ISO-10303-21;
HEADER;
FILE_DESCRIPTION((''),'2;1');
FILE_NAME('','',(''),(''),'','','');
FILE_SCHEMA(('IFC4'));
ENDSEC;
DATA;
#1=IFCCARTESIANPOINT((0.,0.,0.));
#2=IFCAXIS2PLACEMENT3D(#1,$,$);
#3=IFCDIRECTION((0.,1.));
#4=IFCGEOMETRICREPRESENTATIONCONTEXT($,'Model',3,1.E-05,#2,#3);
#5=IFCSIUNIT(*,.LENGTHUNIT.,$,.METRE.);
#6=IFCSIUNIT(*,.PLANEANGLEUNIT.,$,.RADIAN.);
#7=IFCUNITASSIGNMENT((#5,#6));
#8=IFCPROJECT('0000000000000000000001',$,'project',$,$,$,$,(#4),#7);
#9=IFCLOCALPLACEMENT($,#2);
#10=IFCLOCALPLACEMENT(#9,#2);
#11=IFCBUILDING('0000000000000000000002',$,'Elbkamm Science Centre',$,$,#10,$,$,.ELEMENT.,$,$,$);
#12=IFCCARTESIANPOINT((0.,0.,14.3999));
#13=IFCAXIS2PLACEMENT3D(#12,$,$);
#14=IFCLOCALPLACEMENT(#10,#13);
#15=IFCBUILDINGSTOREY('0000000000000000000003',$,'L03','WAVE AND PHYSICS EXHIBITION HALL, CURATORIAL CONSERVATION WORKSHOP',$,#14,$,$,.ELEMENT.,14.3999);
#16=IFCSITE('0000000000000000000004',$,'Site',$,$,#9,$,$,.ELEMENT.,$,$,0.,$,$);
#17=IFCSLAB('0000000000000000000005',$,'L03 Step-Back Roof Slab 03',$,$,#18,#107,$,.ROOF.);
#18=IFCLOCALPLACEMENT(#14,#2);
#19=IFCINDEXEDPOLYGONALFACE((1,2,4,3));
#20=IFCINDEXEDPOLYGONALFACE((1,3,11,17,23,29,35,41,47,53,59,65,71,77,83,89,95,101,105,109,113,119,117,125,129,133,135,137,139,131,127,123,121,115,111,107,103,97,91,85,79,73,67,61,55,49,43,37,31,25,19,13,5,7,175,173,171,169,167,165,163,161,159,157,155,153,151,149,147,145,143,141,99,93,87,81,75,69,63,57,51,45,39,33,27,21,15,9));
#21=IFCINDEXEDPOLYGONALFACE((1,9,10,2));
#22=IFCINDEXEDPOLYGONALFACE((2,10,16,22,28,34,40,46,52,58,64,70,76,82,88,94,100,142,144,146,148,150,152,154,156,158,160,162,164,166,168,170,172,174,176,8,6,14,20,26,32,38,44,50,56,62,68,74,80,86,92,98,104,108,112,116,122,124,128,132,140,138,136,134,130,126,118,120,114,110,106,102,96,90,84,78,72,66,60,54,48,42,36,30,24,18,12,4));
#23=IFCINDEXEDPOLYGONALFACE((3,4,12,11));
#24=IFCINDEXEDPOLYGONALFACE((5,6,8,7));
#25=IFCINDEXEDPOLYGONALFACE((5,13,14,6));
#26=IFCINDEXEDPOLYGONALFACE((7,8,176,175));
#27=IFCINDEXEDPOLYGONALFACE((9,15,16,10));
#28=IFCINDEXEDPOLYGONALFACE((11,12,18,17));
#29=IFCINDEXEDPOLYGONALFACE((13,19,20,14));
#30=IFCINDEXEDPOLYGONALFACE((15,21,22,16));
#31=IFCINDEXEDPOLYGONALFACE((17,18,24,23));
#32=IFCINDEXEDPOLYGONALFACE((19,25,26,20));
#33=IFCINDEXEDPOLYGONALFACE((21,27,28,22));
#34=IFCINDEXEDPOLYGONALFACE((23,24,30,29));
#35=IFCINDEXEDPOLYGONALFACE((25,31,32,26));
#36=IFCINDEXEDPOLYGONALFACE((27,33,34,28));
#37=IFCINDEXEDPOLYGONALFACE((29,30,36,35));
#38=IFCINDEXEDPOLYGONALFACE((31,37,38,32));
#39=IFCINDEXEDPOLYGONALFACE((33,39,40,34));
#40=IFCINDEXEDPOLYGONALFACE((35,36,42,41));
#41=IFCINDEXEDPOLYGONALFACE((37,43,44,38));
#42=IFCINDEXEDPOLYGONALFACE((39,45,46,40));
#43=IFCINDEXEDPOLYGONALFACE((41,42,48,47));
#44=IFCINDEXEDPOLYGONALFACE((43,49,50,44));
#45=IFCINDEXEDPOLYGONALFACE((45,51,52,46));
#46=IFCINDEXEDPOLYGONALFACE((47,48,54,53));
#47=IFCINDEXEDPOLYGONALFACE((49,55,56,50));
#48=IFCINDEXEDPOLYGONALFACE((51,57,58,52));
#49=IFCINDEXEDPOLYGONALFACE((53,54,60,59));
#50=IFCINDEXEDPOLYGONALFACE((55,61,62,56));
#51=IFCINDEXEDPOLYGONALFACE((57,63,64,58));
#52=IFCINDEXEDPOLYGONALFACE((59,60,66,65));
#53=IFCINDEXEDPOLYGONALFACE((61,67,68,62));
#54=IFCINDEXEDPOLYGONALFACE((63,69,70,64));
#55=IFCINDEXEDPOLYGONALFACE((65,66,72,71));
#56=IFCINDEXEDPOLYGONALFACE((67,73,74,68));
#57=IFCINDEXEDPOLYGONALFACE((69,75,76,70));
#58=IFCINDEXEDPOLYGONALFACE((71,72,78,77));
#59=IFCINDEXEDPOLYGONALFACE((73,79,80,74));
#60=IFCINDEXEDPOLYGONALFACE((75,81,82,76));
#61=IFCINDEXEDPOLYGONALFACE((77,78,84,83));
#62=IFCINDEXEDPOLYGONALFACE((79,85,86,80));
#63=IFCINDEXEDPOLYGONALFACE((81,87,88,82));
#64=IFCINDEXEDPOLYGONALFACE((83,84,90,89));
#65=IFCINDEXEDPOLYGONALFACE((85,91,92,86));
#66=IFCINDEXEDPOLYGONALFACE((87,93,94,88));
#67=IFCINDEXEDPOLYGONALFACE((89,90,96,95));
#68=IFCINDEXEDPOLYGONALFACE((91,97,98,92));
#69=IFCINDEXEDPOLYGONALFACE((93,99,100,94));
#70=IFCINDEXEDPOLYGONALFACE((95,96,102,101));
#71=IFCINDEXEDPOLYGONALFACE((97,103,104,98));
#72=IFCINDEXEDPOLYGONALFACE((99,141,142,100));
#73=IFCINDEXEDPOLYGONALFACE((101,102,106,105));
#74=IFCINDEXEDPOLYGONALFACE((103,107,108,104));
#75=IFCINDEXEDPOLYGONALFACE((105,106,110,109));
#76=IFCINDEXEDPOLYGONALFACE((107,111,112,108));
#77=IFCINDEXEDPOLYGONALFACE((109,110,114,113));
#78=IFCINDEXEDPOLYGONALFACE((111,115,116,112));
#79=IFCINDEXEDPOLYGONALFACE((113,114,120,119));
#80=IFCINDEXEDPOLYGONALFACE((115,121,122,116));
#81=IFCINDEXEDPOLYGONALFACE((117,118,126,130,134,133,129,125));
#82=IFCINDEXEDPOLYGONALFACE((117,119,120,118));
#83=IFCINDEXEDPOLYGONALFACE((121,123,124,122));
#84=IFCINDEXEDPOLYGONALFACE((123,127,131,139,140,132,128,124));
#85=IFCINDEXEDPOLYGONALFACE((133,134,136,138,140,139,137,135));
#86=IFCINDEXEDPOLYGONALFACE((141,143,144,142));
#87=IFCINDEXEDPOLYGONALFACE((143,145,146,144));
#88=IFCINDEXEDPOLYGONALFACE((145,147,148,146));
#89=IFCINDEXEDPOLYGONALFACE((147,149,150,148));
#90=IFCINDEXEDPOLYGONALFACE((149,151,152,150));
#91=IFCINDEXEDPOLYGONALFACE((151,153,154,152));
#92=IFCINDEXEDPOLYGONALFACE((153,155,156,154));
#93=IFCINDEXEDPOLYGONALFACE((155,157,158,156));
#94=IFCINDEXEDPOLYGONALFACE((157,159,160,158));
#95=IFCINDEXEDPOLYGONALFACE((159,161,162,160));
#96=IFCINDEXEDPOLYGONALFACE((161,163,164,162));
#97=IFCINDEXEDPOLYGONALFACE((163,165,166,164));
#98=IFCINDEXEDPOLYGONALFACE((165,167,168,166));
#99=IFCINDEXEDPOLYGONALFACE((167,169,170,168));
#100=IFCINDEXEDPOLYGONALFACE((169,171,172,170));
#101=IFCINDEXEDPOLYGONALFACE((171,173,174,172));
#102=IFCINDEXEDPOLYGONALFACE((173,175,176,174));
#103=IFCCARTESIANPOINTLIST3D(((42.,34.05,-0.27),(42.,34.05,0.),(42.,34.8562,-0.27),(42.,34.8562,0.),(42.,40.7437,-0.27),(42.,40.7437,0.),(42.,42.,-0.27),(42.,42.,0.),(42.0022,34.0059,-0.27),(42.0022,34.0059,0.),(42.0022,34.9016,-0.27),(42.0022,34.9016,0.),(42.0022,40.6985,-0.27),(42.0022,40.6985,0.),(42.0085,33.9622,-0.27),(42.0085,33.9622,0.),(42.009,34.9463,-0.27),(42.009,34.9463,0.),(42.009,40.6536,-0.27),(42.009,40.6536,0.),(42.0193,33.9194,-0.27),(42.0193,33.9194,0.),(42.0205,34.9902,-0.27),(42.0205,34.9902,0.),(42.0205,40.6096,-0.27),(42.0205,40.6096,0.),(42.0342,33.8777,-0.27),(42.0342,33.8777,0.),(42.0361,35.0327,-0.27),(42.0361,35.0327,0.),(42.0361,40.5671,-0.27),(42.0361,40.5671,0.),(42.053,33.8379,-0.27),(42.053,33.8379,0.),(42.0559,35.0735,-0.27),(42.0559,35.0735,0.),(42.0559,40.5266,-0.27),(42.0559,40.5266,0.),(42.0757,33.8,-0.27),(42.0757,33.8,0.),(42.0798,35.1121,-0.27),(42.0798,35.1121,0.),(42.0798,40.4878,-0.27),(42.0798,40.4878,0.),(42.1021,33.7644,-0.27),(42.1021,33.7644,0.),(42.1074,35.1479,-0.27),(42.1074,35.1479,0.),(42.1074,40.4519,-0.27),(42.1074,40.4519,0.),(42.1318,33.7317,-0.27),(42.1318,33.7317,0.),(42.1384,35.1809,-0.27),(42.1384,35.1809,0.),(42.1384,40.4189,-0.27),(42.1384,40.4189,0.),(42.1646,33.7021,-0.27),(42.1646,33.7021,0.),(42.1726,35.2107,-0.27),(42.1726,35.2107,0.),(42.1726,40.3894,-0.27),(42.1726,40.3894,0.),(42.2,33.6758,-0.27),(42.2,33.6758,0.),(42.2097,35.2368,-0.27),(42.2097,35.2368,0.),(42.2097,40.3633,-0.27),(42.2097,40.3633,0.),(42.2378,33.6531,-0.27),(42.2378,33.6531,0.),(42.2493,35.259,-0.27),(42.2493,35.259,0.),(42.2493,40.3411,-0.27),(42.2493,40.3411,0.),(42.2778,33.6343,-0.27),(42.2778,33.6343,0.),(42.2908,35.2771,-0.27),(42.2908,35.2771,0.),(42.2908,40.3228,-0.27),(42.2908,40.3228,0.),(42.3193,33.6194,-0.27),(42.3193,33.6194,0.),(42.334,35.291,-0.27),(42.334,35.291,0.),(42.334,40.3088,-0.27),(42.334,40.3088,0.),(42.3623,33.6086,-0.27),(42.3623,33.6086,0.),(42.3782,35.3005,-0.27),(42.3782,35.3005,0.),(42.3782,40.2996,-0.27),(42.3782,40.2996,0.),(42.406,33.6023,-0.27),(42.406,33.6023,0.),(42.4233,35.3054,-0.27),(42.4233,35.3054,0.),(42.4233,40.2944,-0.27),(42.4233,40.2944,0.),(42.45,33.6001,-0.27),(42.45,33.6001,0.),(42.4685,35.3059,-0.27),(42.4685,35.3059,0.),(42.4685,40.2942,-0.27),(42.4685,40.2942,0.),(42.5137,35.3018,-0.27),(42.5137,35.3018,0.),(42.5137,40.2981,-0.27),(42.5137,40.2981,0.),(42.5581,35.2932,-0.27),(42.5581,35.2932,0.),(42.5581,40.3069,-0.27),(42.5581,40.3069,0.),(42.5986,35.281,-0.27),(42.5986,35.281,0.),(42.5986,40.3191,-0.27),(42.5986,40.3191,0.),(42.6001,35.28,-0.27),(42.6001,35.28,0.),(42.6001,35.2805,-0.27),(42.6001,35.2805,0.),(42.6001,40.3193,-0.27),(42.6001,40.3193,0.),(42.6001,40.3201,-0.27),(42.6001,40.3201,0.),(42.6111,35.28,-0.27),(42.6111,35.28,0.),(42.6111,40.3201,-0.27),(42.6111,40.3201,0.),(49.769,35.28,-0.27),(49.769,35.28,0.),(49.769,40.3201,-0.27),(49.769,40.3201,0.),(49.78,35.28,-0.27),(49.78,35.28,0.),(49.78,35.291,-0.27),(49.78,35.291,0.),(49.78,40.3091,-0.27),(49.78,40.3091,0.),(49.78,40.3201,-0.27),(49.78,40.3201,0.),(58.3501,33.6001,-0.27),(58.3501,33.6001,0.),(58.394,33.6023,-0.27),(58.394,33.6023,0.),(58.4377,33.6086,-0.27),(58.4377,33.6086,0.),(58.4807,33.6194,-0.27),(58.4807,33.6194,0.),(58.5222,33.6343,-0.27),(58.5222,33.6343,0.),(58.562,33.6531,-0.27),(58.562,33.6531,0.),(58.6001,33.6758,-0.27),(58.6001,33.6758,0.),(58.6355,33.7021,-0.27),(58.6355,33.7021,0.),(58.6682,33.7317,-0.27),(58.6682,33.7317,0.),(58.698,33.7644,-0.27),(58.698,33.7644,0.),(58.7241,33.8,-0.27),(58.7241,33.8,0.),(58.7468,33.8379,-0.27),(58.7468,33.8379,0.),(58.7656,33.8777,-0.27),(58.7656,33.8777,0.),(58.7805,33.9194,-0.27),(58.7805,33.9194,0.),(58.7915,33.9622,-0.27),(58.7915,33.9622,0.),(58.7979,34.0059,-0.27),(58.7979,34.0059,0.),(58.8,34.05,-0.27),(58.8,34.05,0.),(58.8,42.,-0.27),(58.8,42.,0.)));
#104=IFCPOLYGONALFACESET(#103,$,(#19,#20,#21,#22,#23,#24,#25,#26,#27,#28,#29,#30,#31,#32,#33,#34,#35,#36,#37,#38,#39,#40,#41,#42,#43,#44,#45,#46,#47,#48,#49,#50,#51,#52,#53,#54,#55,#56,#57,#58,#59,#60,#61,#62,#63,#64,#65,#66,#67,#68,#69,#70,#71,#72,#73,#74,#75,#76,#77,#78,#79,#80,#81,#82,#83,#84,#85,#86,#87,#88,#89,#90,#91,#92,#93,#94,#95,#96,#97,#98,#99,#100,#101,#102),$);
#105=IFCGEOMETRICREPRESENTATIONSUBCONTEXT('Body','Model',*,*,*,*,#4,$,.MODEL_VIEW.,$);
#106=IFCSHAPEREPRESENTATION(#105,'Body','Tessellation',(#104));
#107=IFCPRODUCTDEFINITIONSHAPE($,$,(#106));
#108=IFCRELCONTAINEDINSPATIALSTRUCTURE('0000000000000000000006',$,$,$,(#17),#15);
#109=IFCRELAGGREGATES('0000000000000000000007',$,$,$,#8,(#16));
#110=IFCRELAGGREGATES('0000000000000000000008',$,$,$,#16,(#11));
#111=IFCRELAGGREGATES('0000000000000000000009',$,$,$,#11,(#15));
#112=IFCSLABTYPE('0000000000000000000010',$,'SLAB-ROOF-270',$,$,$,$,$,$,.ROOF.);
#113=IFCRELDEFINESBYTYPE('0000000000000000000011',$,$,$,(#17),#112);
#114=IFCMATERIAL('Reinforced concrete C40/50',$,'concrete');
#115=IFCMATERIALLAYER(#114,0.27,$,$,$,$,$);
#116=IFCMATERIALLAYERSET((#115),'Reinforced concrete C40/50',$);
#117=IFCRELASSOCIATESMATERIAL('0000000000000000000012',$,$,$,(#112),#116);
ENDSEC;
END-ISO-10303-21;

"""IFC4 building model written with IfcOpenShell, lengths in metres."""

from ifc_helpers import new_model, si_unit, direction, frame, origin, place, context, subcontext, project, spatial, polyline, outline, extrude, material, layer, layer_set, type_object, element, save


model = new_model("IFC4")

# Units and contexts
model_context = context("Model", 3, precision=1e-05, world=origin(), true_north=direction((0.0, 1.0)))
body_context = subcontext(model_context, "Body", "Model", "MODEL_VIEW")
ifc_project = project(units=[si_unit("LENGTHUNIT", "METRE"), si_unit("PLANEANGLEUNIT", "RADIAN")], contexts=[model_context])

# Site, building, storey
site_placement = place(None, origin())
site = spatial("IfcSite", under=ifc_project, at=site_placement, Name="Site", CompositionType="ELEMENT", RefElevation=0.0)
building_placement = place(site_placement, origin())
building = spatial("IfcBuilding", under=site, at=building_placement, Name="Elbkamm Science Centre", CompositionType="ELEMENT")
storey_placement = place(building_placement, frame((0.0, 0.0, 14.3999)))
storey = spatial("IfcBuildingStorey", under=building, at=storey_placement, Name="L03", Description="WAVE AND PHYSICS EXHIBITION HALL, CURATORIAL CONSERVATION WORKSHOP", CompositionType="ELEMENT", Elevation=14.3999)

# Shared definitions
ifc_material_1 = material(Name="Reinforced concrete C40/50", Category="concrete")

# Shared definitions
ifc_layer_1 = layer(ifc_material_1, 0.27)
ifc_layer_set_1 = layer_set([ifc_layer_1], Name="Reinforced concrete C40/50")
slab_type_1 = type_object("IfcSlabType", Name="SLAB-ROOF-270", PredefinedType="ROOF", material=ifc_layer_set_1)

# Slab
slab_1_placement = place(storey_placement, frame((0.0, 0.0, -0.27)))
element("IfcSlab", 1, at=slab_1_placement, inside=storey, type_object=slab_type_1, Name="L03 Step-Back Roof Slab 03", PredefinedType="ROOF", context=body_context, shape_type="SweptSolid", body=[
    extrude(outline(polyline([(42.009, 34.9463), (42.0205, 34.9902), (42.0361, 35.0327), (42.0559, 35.0735), (42.0798, 35.1121), (42.1074, 35.1479), (42.1384, 35.1809), (42.1726, 35.2107), (42.2097, 35.2368), (42.2493, 35.259), (42.2908, 35.2771), (42.334, 35.291), (42.3782, 35.3005), (42.4233, 35.3054), (42.4685, 35.3059), (42.5137, 35.3018), (42.5581, 35.2932), (42.5986, 35.281), (42.6001, 35.2805), (42.6001, 35.28), (42.6111, 35.28), (49.769, 35.28), (49.78, 35.28), (49.78, 35.291), (49.78, 40.3091), (49.78, 40.3201), (49.769, 40.3201), (42.6111, 40.3201), (42.6001, 40.3201), (42.6001, 40.3193), (42.5986, 40.3191), (42.5581, 40.3069), (42.5137, 40.2981), (42.4685, 40.2942), (42.4233, 40.2944), (42.3782, 40.2996), (42.334, 40.3088), (42.2908, 40.3228), (42.2493, 40.3411), (42.2097, 40.3633), (42.1726, 40.3894), (42.1384, 40.4189), (42.1074, 40.4519), (42.0798, 40.4878), (42.0559, 40.5266), (42.0361, 40.5671), (42.0205, 40.6096), (42.009, 40.6536), (42.0022, 40.6985), (42.0, 40.7437), (42.0, 42.0), (58.8, 42.0), (58.8, 34.05), (58.7979, 34.0059), (58.7915, 33.9622), (58.7805, 33.9194), (58.7656, 33.8777), (58.7468, 33.8379), (58.7241, 33.8), (58.698, 33.7644), (58.6682, 33.7317), (58.6355, 33.7021), (58.6001, 33.6758), (58.562, 33.6531), (58.5222, 33.6343), (58.4807, 33.6194), (58.4377, 33.6086), (58.394, 33.6023), (58.3501, 33.6001), (42.45, 33.6001), (42.406, 33.6023), (42.3623, 33.6086), (42.3193, 33.6194), (42.2778, 33.6343), (42.2378, 33.6531), (42.2, 33.6758), (42.1646, 33.7021), (42.1318, 33.7317), (42.1021, 33.7644), (42.0757, 33.8), (42.053, 33.8379), (42.0342, 33.8777), (42.0193, 33.9194), (42.0085, 33.9622), (42.0022, 34.0059), (42.0, 34.05), (42.0, 34.8562), (42.0022, 34.9016), (42.009, 34.9463)])), origin(), (0.0, 0.0, 1.0), 0.27),
])

save(model, "model.ifc")
